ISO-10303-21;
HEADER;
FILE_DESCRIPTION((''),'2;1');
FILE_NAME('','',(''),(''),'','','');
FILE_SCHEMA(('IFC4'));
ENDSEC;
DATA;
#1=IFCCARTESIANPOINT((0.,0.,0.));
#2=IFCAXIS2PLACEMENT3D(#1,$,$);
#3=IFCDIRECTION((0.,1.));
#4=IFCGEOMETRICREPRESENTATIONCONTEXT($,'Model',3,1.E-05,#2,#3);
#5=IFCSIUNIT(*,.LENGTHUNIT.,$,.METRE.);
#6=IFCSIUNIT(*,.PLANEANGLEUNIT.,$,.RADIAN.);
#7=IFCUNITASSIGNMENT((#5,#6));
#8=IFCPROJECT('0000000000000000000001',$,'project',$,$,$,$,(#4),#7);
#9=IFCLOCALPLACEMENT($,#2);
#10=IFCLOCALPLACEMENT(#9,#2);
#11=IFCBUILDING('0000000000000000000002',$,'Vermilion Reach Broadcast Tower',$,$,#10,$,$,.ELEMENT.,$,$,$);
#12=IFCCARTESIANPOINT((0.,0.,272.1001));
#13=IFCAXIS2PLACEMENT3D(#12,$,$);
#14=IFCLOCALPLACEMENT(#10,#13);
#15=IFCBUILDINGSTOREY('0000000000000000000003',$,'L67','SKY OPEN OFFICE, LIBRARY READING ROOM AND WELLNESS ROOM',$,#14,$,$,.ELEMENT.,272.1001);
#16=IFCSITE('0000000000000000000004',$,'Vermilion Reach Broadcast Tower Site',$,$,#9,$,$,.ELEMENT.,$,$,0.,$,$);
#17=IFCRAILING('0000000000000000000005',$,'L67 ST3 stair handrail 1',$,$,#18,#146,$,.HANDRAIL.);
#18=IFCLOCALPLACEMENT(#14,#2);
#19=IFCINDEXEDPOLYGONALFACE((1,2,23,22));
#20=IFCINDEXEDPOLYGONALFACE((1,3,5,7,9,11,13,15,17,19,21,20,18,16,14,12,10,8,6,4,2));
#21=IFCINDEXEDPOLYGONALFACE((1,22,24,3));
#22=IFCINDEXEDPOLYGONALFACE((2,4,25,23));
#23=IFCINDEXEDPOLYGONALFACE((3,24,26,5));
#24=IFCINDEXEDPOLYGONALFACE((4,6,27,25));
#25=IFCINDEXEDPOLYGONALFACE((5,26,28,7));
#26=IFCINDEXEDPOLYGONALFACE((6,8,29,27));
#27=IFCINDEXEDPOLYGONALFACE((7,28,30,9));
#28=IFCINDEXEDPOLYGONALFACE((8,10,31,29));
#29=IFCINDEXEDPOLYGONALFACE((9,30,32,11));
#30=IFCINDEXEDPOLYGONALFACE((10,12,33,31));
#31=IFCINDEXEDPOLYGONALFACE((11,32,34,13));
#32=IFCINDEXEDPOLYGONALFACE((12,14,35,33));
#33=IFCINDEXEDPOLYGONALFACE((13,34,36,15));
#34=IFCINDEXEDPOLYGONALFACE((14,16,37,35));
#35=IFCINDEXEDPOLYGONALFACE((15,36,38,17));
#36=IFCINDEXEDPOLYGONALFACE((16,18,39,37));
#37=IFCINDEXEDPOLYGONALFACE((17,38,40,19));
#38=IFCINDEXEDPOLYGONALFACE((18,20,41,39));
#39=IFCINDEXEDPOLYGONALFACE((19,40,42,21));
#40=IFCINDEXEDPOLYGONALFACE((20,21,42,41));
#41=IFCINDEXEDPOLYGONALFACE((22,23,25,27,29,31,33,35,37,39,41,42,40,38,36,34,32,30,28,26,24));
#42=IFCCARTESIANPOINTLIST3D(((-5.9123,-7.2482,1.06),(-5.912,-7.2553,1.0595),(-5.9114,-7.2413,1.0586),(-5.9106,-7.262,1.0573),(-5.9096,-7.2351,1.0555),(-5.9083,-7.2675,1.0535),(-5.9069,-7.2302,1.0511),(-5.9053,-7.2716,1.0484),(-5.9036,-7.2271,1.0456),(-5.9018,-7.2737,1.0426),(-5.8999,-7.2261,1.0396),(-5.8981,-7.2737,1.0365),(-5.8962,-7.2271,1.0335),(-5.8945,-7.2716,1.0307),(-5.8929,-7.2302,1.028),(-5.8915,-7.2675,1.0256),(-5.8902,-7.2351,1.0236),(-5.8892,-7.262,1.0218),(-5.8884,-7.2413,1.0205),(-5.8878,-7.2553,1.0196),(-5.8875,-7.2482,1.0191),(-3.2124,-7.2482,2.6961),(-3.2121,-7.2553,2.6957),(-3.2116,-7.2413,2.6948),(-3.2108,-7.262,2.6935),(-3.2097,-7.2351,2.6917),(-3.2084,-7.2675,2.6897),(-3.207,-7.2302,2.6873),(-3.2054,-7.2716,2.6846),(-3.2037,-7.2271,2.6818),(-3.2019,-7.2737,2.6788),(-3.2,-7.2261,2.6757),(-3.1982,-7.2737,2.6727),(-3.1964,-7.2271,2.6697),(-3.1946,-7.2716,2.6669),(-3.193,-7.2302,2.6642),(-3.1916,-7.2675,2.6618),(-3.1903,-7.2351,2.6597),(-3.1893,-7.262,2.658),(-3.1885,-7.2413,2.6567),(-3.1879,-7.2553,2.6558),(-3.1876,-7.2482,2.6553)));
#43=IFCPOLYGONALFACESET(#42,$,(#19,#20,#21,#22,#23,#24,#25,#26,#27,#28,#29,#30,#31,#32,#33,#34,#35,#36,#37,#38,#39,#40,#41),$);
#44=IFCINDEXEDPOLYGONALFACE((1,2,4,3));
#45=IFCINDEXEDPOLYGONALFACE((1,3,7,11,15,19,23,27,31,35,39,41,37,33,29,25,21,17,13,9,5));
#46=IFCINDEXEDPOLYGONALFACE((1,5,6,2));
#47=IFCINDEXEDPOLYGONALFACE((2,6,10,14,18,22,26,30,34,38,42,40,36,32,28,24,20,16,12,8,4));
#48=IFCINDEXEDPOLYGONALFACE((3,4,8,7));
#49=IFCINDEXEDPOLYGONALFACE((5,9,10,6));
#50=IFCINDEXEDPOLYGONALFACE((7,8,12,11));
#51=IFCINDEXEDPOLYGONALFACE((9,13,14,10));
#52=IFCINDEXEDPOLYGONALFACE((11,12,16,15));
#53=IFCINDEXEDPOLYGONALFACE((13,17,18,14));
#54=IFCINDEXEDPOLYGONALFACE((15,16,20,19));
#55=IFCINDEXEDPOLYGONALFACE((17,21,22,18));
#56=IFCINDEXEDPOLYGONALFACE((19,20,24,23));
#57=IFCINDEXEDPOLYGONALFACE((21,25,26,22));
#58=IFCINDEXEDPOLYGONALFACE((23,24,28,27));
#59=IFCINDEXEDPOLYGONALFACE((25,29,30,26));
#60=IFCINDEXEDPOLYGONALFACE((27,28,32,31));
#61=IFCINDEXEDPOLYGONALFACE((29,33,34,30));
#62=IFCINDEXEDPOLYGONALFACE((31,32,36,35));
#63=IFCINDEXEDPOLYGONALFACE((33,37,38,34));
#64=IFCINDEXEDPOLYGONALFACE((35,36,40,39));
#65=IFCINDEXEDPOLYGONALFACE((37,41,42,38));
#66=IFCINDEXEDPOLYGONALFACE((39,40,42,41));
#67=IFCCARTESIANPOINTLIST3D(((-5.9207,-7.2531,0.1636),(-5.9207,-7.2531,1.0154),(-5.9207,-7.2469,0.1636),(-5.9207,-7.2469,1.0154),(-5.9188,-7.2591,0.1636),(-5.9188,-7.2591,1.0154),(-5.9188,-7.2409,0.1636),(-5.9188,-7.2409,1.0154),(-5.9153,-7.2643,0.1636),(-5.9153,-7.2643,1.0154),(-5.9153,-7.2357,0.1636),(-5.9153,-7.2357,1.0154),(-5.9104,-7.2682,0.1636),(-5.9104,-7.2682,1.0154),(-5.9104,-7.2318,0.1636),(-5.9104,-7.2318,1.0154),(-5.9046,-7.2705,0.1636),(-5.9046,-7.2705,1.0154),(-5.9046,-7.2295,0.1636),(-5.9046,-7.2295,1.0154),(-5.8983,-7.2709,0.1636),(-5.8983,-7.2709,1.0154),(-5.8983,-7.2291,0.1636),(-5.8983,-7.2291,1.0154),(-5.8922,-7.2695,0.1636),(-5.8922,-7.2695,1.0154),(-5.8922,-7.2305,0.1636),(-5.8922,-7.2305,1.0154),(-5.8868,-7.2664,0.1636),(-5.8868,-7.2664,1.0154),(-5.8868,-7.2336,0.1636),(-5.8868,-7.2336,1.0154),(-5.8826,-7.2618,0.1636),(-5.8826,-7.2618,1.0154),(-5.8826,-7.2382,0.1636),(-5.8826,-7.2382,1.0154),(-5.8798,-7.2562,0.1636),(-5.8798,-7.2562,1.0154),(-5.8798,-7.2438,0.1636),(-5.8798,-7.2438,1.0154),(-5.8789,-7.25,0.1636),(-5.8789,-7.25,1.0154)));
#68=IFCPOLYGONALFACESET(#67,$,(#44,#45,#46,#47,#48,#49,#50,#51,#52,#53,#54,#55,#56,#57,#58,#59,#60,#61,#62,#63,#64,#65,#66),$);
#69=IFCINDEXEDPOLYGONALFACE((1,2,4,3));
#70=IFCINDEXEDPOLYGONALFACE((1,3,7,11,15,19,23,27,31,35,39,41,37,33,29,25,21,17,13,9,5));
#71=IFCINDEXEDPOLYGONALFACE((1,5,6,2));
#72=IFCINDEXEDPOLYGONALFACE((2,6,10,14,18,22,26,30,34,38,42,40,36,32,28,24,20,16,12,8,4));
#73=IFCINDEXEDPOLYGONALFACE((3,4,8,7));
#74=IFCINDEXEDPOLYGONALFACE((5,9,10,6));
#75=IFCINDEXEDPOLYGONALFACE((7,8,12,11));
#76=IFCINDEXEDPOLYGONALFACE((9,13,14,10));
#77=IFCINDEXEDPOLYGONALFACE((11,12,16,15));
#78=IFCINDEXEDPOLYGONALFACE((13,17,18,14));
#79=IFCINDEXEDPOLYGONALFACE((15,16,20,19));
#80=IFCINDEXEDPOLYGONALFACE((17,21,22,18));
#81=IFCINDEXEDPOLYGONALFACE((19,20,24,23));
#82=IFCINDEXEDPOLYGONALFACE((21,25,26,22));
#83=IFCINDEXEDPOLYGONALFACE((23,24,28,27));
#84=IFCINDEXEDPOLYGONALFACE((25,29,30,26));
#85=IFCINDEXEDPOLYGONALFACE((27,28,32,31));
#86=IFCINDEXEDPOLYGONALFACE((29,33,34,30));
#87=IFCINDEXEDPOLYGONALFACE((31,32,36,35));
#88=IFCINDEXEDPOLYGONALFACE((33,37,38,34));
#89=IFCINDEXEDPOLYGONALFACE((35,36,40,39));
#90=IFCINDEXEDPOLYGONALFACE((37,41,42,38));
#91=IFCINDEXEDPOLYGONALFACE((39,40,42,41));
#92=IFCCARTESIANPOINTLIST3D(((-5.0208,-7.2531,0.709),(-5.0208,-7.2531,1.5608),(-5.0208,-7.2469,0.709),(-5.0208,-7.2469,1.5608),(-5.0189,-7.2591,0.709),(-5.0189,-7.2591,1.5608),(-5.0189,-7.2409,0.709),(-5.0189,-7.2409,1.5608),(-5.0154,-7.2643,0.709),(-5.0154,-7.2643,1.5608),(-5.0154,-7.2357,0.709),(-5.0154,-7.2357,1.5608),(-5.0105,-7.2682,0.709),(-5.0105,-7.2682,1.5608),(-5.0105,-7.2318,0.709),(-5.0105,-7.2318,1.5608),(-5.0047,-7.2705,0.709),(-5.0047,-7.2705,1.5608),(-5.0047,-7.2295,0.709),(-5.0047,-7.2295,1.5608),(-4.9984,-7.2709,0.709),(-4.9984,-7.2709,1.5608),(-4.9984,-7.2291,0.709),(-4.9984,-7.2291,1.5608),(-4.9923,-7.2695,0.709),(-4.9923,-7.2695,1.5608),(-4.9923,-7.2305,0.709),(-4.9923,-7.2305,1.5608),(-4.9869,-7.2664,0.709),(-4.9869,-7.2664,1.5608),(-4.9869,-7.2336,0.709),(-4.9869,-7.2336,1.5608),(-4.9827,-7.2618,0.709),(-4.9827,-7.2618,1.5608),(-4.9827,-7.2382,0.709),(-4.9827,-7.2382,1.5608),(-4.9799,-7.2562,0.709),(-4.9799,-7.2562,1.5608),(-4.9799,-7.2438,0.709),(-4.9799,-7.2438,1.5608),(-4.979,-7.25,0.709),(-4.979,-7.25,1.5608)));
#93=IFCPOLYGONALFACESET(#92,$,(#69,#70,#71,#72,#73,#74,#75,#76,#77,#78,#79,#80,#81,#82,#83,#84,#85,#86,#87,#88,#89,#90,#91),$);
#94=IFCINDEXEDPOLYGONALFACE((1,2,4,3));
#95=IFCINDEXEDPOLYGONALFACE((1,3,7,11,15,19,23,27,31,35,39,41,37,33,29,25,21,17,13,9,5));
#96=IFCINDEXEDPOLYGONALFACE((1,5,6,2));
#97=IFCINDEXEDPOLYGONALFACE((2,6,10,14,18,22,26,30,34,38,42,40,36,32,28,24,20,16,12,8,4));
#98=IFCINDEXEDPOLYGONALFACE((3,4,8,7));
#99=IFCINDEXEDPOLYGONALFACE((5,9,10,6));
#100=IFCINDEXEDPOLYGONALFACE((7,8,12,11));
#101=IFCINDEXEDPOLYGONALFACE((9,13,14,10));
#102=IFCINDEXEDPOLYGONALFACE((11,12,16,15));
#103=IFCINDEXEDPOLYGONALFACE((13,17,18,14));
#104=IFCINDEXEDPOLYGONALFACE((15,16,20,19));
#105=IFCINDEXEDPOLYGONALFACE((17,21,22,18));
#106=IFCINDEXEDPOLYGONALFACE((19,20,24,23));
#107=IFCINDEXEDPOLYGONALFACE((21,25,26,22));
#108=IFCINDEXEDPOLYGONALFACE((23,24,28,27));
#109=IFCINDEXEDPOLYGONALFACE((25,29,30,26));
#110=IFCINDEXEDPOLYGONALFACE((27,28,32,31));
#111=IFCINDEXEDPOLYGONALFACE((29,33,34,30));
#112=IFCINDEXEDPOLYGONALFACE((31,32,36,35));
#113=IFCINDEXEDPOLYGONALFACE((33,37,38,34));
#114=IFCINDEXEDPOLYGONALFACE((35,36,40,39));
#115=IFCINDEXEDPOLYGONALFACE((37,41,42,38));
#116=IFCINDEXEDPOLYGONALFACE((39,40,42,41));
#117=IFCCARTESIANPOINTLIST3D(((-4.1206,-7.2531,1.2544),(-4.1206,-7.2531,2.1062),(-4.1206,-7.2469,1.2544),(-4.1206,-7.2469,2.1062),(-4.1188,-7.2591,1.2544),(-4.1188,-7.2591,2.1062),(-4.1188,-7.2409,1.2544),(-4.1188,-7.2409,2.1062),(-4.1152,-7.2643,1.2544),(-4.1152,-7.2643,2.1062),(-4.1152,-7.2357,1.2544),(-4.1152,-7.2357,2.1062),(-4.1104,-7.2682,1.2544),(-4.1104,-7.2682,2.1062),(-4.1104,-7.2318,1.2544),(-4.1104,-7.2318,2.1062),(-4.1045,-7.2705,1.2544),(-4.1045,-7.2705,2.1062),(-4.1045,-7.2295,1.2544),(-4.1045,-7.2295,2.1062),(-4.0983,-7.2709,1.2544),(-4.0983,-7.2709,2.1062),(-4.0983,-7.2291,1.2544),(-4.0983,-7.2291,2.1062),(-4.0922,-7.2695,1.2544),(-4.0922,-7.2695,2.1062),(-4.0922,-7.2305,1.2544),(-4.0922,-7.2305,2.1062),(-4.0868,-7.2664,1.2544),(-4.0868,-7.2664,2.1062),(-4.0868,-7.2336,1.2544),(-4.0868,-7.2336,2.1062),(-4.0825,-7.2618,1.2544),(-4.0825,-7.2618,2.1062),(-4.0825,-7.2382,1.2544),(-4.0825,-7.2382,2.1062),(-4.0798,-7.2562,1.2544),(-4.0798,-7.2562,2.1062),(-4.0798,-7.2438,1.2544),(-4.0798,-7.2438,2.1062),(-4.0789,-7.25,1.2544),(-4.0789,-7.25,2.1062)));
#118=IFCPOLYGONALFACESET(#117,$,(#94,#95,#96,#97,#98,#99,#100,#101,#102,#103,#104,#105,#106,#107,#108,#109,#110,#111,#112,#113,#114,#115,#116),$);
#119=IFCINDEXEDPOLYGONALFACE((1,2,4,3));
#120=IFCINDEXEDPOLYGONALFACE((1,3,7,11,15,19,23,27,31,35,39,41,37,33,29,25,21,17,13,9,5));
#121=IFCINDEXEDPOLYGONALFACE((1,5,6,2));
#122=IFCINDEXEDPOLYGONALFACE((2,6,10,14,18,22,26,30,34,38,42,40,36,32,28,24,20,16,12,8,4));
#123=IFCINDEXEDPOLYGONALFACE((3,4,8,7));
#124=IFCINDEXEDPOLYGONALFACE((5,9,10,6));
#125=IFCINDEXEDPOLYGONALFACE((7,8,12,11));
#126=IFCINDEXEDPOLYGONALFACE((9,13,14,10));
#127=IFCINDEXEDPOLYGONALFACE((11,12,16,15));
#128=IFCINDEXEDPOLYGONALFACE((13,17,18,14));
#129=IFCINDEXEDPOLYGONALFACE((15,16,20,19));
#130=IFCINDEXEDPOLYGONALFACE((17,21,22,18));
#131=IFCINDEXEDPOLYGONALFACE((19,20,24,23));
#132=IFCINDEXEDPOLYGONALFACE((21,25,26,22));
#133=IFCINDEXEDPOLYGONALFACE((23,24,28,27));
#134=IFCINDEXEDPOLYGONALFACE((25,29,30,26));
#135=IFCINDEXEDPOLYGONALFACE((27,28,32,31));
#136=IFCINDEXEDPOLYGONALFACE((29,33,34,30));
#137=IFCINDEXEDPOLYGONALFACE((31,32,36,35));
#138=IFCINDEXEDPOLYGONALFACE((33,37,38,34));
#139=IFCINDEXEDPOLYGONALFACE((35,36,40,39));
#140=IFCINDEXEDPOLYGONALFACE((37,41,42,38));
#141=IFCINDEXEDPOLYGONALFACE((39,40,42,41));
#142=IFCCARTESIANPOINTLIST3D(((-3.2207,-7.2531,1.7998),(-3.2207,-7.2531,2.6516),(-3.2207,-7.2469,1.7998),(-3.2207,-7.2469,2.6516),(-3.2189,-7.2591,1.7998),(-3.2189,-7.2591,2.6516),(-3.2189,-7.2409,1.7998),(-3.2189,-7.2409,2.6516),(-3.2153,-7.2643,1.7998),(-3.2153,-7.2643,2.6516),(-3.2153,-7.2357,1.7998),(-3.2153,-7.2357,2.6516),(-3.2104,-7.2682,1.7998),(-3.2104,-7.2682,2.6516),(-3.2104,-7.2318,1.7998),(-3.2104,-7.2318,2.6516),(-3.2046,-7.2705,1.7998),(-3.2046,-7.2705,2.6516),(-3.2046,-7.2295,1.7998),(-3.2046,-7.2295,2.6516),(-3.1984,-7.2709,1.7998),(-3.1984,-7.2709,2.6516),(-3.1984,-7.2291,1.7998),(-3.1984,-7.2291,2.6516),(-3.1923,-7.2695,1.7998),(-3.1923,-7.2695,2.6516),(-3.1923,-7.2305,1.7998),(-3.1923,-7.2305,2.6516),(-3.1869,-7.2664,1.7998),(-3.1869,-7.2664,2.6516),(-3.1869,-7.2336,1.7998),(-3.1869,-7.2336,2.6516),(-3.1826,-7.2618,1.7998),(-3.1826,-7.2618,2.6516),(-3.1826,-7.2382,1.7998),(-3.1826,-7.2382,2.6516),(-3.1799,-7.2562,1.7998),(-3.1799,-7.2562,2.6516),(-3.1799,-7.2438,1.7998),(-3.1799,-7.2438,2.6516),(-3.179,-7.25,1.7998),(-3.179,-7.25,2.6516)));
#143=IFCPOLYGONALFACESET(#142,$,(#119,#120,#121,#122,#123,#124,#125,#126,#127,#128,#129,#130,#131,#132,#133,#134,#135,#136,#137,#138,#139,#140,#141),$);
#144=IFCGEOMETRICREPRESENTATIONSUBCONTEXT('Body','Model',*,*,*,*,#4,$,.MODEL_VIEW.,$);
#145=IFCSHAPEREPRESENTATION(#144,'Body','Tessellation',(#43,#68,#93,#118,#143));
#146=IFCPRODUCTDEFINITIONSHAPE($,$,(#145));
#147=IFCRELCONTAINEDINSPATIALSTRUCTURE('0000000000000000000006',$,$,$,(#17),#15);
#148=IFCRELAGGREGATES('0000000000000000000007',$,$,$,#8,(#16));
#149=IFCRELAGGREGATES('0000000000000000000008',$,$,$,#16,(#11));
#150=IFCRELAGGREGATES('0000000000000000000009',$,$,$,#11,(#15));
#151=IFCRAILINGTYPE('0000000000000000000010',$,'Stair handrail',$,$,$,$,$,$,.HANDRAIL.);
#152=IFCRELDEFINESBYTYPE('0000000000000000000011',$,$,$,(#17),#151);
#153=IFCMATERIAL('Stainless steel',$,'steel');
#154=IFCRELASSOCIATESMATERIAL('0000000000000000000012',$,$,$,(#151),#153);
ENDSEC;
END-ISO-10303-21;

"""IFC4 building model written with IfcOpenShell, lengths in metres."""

from ifc_helpers import new_model, si_unit, direction, frame, origin, origin_2d, place, context, subcontext, project, spatial, circle, extrude, material, type_object, element, save


model = new_model("IFC4")

# Units and contexts
model_context = context("Model", 3, precision=1e-05, world=origin(), true_north=direction((0.0, 1.0)))
body_context = subcontext(model_context, "Body", "Model", "MODEL_VIEW")
ifc_project = project(units=[si_unit("LENGTHUNIT", "METRE"), si_unit("PLANEANGLEUNIT", "RADIAN")], contexts=[model_context])

# Site, building, storey
site_placement = place(None, origin())
site = spatial("IfcSite", under=ifc_project, at=site_placement, Name="Vermilion Reach Broadcast Tower Site", CompositionType="ELEMENT", RefElevation=0.0)
building_placement = place(site_placement, origin())
building = spatial("IfcBuilding", under=site, at=building_placement, Name="Vermilion Reach Broadcast Tower", CompositionType="ELEMENT")
storey_placement = place(building_placement, frame((0.0, 0.0, 272.1001)))
storey = spatial("IfcBuildingStorey", under=building, at=storey_placement, Name="L67", Description="SKY OPEN OFFICE, LIBRARY READING ROOM AND WELLNESS ROOM", CompositionType="ELEMENT", Elevation=272.1001)

# Railing
ifc_material_1 = material(Name="Stainless steel", Category="steel")
railing_type_1 = type_object("IfcRailingType", Name="Stair handrail", PredefinedType="HANDRAIL", material=ifc_material_1)
railing_1_placement = place(storey_placement, frame((-5.8999, -7.25, 0.1636)))
element("IfcRailing", 1, at=railing_1_placement, inside=storey, type_object=railing_type_1, Name="L67 ST3 stair handrail 1", PredefinedType="HANDRAIL", context=body_context, shape_type="SweptSolid", body=[
    extrude(circle(Radius=0.0239, at=origin_2d()), frame((0.0, 0.0, 0.876), z_axis=(0.855212, 0.0, 0.518278), x_axis=(0.0, 1.0, 0.0)), (0.0, 0.0, 1.0), 3.157),
    extrude(circle(Radius=0.021, at=origin_2d()), origin(), (0.0, 0.0, 1.0), 0.8518),
    extrude(circle(Radius=0.021, at=origin_2d()), frame((0.8999, 0.0, 0.5454)), (0.0, 0.0, 1.0), 0.8518),
    extrude(circle(Radius=0.021, at=origin_2d()), frame((1.8, 0.0, 1.0908)), (0.0, 0.0, 1.0), 0.8518),
    extrude(circle(Radius=0.021, at=origin_2d()), frame((2.7, 0.0, 1.6362)), (0.0, 0.0, 1.0), 0.8518),
])

save(model, "model.ifc")
